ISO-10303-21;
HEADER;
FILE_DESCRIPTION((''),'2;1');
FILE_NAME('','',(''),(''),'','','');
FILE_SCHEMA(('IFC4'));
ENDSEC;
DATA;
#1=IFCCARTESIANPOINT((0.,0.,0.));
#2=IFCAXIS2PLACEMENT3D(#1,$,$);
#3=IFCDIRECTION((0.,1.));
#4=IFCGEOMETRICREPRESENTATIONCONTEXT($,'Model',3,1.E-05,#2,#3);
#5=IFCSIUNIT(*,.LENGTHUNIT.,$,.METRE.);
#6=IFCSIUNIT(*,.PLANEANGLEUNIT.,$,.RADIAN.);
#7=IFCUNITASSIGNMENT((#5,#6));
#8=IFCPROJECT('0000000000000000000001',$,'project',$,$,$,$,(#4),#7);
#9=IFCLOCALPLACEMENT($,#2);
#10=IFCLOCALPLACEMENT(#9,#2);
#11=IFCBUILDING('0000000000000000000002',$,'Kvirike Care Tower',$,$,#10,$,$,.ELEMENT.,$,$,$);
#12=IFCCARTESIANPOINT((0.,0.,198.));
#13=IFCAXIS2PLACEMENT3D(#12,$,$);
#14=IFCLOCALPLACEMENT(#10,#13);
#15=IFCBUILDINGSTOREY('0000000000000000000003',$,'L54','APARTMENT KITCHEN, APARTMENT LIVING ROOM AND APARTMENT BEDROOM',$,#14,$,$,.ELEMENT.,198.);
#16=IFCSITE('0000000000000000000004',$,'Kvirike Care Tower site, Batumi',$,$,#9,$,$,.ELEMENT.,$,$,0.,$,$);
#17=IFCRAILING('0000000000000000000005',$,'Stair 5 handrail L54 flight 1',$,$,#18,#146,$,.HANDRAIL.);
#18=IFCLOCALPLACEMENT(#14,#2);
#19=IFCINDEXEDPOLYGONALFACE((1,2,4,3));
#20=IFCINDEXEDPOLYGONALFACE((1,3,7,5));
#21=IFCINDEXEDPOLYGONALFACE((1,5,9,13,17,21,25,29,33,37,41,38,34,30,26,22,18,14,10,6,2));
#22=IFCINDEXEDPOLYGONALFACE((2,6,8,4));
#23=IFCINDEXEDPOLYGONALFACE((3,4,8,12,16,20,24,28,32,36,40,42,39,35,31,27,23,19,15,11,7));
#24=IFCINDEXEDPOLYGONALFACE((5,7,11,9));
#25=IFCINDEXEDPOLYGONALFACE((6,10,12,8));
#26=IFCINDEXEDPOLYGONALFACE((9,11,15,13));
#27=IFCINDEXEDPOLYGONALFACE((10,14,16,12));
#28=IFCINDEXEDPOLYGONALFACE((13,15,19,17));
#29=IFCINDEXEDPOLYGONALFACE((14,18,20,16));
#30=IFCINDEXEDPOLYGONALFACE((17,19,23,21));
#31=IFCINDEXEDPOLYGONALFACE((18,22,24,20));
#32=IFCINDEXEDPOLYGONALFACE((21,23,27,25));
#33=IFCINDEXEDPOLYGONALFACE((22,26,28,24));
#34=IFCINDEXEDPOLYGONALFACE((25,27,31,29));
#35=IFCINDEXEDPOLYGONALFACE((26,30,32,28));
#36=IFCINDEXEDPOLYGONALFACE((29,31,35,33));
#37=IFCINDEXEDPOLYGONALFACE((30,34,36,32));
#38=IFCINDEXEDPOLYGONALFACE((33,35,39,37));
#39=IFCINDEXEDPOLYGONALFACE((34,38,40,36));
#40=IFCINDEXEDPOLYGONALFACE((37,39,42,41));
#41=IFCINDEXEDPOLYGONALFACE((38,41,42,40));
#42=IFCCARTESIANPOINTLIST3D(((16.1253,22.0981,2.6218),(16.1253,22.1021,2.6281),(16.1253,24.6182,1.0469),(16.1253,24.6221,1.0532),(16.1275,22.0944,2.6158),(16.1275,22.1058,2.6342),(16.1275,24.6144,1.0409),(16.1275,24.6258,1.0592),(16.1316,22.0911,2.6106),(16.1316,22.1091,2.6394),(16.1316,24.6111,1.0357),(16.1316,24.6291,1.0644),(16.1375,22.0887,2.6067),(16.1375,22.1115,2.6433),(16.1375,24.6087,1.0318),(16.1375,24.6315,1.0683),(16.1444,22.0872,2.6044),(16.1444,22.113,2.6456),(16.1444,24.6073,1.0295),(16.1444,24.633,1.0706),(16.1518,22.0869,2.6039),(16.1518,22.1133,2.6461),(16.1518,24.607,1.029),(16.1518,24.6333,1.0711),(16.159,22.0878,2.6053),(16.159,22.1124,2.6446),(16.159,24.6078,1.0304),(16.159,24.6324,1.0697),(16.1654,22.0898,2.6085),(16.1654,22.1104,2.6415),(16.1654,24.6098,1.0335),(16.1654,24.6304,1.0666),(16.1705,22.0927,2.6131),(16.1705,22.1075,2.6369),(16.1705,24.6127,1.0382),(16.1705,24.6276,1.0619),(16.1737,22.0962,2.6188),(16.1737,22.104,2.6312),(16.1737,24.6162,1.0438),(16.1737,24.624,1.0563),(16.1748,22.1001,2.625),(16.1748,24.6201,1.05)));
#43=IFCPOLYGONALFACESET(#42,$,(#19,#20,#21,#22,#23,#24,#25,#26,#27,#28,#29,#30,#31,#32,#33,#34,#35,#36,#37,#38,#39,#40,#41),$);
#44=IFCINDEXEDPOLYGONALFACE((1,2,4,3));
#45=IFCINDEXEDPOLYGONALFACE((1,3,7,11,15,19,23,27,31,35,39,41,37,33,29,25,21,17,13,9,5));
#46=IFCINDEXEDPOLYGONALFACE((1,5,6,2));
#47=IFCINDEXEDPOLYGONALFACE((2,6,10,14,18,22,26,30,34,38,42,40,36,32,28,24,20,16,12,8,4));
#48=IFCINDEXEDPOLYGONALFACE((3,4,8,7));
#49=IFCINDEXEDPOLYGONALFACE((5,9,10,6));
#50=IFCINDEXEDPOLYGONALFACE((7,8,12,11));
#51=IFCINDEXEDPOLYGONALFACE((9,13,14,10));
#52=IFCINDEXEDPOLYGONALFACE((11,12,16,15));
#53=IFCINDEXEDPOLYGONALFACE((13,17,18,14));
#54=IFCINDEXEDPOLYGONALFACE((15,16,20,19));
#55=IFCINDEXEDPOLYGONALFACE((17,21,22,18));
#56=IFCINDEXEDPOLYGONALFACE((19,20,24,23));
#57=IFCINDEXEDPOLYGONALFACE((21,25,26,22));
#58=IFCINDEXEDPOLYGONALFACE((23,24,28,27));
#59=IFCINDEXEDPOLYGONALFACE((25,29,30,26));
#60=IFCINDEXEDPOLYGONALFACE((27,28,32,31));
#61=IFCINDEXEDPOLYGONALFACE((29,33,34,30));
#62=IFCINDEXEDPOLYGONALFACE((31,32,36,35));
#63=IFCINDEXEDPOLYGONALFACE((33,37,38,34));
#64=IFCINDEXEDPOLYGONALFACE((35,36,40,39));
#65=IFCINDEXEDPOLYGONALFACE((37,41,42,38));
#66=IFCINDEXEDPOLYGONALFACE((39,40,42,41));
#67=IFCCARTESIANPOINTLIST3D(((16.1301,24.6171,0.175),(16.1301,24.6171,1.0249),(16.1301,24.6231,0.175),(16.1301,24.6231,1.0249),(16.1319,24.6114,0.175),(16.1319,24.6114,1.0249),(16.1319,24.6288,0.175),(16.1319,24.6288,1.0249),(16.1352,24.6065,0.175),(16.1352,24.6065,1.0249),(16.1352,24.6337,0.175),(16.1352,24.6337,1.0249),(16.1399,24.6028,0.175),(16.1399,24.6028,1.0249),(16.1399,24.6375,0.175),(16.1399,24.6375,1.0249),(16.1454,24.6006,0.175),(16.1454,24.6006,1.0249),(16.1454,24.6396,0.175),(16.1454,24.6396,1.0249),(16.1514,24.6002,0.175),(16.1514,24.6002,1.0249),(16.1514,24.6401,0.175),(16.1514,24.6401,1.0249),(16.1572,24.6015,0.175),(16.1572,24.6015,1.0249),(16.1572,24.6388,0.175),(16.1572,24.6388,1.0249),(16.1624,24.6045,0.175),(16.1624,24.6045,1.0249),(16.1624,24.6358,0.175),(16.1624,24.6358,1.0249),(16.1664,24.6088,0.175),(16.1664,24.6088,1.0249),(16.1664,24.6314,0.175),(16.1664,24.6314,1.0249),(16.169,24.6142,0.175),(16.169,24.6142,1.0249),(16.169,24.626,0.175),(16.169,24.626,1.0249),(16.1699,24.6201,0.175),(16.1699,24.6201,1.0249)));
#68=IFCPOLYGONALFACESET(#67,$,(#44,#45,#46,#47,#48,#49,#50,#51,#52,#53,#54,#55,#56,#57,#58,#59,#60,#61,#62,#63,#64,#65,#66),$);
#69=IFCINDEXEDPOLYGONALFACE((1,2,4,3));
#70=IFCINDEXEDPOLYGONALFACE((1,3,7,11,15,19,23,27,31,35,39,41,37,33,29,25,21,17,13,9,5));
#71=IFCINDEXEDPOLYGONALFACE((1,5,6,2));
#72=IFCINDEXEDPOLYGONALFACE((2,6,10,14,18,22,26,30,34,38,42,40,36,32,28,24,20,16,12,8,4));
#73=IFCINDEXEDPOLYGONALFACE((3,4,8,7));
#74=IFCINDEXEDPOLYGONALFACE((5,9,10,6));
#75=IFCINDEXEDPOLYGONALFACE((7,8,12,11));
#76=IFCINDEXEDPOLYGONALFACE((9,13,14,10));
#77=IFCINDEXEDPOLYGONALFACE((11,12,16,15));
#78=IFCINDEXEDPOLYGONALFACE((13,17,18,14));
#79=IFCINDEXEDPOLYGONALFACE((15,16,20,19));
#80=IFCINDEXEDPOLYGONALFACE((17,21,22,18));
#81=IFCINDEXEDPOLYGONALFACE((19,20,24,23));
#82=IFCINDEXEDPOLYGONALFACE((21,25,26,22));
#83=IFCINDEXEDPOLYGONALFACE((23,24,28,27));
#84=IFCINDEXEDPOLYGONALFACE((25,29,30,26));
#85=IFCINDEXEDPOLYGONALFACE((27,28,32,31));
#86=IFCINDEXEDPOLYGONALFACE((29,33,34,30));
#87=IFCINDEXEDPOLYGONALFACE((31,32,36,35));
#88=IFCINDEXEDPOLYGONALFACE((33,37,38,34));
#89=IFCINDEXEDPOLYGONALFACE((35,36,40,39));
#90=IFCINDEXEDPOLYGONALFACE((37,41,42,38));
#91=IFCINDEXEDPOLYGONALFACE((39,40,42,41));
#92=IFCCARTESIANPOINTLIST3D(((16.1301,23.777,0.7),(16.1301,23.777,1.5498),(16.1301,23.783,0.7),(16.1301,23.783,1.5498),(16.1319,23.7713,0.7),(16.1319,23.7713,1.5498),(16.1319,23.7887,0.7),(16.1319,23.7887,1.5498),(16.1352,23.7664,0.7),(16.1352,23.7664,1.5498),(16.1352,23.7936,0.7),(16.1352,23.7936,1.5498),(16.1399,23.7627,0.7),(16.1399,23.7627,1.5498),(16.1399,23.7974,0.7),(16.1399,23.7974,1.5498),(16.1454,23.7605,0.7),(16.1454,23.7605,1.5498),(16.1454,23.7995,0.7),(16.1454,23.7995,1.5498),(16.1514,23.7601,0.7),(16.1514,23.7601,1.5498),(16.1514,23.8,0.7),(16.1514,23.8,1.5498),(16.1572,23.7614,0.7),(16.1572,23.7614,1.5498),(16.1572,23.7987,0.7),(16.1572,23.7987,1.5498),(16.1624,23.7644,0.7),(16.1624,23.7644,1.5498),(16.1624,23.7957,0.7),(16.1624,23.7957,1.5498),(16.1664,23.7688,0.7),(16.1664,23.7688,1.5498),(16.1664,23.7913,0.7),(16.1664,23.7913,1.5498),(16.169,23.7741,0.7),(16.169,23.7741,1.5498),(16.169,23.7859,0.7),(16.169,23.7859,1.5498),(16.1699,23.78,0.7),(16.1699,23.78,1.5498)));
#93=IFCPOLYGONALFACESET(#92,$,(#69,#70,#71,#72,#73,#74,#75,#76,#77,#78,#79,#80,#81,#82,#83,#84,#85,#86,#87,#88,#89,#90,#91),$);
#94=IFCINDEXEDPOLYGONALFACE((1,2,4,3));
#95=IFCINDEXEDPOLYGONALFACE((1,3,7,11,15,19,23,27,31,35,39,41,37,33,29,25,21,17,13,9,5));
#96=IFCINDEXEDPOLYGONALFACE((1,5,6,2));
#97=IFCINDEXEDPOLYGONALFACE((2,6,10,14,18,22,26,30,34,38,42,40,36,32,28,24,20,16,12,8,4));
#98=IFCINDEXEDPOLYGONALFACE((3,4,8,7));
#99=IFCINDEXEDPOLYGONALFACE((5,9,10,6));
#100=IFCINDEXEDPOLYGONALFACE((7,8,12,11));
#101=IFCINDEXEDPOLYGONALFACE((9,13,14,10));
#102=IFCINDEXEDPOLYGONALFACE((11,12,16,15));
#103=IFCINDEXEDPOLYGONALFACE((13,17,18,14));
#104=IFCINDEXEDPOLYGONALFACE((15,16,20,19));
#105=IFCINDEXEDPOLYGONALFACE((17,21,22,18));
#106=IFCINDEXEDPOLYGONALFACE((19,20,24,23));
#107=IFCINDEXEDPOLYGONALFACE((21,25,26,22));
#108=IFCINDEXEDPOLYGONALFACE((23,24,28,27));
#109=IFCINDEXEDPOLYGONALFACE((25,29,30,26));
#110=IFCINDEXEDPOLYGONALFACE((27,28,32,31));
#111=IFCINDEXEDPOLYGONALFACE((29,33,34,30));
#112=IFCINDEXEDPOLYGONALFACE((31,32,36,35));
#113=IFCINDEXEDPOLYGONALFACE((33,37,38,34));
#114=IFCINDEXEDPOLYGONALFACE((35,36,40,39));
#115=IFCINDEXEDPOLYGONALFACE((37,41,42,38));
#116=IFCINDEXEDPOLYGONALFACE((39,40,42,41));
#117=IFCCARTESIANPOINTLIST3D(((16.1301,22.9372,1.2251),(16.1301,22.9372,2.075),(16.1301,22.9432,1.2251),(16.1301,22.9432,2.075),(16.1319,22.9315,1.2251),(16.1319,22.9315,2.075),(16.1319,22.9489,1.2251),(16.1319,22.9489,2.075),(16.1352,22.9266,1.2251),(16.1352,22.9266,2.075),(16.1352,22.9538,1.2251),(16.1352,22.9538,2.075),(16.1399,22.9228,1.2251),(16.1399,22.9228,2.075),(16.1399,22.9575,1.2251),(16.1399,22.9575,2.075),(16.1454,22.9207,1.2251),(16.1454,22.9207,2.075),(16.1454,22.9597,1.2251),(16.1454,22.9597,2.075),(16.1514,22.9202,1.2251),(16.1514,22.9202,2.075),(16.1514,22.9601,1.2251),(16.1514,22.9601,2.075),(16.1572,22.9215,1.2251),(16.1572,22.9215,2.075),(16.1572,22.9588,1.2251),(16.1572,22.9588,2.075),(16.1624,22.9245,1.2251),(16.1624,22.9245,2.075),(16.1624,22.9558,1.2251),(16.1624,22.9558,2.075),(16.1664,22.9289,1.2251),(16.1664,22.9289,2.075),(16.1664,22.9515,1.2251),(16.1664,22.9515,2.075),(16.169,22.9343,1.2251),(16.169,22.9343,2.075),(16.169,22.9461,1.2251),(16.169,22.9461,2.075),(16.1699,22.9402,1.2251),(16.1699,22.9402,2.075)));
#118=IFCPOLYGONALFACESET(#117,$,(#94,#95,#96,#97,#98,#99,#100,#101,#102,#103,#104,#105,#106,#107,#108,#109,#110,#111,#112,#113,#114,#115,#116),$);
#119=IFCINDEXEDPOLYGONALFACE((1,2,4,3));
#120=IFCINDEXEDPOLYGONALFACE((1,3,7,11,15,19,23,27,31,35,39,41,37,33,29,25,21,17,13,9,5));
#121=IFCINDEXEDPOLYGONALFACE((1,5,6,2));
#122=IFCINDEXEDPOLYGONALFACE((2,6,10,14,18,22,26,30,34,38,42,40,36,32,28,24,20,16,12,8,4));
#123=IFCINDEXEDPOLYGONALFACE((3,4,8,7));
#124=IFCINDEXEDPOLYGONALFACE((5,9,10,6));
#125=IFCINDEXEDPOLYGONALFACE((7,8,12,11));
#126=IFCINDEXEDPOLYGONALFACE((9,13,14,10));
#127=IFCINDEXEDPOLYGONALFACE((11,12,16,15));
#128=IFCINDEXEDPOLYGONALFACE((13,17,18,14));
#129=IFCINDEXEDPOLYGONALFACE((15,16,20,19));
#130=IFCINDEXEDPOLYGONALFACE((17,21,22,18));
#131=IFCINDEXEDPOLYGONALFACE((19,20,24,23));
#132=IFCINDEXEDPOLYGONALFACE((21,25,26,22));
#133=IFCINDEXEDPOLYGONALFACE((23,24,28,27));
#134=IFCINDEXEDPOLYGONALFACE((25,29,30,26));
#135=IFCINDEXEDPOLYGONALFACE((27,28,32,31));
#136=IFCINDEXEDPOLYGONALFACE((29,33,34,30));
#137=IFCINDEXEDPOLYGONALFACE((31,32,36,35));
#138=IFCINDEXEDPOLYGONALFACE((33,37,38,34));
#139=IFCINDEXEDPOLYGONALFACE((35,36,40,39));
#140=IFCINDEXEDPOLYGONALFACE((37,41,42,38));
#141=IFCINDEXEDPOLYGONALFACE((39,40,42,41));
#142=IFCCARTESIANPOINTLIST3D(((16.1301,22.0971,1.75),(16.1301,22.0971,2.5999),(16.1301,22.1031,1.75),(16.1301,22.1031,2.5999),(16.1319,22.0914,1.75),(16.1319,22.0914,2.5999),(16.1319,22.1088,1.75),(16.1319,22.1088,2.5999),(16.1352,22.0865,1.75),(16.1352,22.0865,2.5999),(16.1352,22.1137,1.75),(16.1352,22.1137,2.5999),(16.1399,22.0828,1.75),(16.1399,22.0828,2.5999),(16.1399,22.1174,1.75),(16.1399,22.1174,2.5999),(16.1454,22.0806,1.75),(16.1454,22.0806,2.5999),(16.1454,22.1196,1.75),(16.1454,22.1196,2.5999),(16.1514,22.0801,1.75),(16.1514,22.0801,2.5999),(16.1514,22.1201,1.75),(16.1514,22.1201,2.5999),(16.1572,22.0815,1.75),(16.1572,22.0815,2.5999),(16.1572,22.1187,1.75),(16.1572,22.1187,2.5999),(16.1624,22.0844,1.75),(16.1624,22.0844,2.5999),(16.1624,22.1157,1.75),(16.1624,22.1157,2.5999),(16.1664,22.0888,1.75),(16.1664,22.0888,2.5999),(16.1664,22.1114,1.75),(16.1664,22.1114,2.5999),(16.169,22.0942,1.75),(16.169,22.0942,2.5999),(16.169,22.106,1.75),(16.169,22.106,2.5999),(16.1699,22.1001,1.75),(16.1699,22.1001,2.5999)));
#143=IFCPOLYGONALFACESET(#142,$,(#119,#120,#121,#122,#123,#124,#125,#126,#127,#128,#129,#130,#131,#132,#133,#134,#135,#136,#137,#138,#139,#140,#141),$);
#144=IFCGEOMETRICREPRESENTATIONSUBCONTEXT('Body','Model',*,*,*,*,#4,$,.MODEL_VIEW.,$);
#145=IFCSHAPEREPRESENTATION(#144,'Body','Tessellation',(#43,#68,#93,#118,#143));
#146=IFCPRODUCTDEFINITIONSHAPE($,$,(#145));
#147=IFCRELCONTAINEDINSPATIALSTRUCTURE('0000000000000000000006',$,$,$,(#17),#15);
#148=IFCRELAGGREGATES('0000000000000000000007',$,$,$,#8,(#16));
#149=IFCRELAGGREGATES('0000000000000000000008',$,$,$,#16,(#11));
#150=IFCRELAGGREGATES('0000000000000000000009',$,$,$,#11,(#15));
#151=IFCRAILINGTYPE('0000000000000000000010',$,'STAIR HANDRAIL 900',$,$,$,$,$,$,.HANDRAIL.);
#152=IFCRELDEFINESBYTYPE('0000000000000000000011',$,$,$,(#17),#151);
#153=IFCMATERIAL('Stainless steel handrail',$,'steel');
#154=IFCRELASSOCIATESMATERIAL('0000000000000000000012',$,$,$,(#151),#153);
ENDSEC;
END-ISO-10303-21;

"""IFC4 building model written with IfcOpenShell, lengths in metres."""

from ifc_helpers import new_model, si_unit, direction, frame, origin, origin_2d, place, context, subcontext, project, spatial, circle, extrude, material, type_object, element, save


model = new_model("IFC4")

# Units and contexts
model_context = context("Model", 3, precision=1e-05, world=origin(), true_north=direction((0.0, 1.0)))
body_context = subcontext(model_context, "Body", "Model", "MODEL_VIEW")
ifc_project = project(units=[si_unit("LENGTHUNIT", "METRE"), si_unit("PLANEANGLEUNIT", "RADIAN")], contexts=[model_context])

# Site, building, storey
site_placement = place(None, origin())
site = spatial("IfcSite", under=ifc_project, at=site_placement, Name="Kvirike Care Tower site, Batumi", CompositionType="ELEMENT", RefElevation=0.0)
building_placement = place(site_placement, origin())
building = spatial("IfcBuilding", under=site, at=building_placement, Name="Kvirike Care Tower", CompositionType="ELEMENT")
storey_placement = place(building_placement, frame((0.0, 0.0, 198.0)))
storey = spatial("IfcBuildingStorey", under=building, at=storey_placement, Name="L54", Description="APARTMENT KITCHEN, APARTMENT LIVING ROOM AND APARTMENT BEDROOM", CompositionType="ELEMENT", Elevation=198.0)

# Railing
ifc_material_1 = material(Name="Stainless steel handrail", Category="steel")
railing_type = type_object("IfcRailingType", Name="STAIR HANDRAIL 900", PredefinedType="HANDRAIL", material=ifc_material_1)
railing_1_placement = place(storey_placement, frame((16.1499, 24.6201, 0.175)))
element("IfcRailing", 1, at=railing_1_placement, inside=storey, type_object=railing_type, Name="Stair 5 handrail L54 flight 1", PredefinedType="HANDRAIL", context=body_context, shape_type="SweptSolid", body=[
    extrude(circle(Radius=0.0249, at=origin_2d()), frame((0.0, 0.0, 0.875), z_axis=(0.0, -0.848008, 0.529984), x_axis=(1.0, 0.0, 0.0)), (0.0, 0.0, 1.0), 2.9717),
    extrude(circle(Radius=0.02, at=origin_2d()), origin(), (0.0, 0.0, 1.0), 0.8499),
    extrude(circle(Radius=0.02, at=origin_2d()), frame((0.0, -0.8401, 0.5249)), (0.0, 0.0, 1.0), 0.8499),
    extrude(circle(Radius=0.02, at=origin_2d()), frame((0.0, -1.6799, 1.05)), (0.0, 0.0, 1.0), 0.8499),
    extrude(circle(Radius=0.02, at=origin_2d()), frame((0.0, -2.52, 1.575)), (0.0, 0.0, 1.0), 0.8499),
])

save(model, "model.ifc")
